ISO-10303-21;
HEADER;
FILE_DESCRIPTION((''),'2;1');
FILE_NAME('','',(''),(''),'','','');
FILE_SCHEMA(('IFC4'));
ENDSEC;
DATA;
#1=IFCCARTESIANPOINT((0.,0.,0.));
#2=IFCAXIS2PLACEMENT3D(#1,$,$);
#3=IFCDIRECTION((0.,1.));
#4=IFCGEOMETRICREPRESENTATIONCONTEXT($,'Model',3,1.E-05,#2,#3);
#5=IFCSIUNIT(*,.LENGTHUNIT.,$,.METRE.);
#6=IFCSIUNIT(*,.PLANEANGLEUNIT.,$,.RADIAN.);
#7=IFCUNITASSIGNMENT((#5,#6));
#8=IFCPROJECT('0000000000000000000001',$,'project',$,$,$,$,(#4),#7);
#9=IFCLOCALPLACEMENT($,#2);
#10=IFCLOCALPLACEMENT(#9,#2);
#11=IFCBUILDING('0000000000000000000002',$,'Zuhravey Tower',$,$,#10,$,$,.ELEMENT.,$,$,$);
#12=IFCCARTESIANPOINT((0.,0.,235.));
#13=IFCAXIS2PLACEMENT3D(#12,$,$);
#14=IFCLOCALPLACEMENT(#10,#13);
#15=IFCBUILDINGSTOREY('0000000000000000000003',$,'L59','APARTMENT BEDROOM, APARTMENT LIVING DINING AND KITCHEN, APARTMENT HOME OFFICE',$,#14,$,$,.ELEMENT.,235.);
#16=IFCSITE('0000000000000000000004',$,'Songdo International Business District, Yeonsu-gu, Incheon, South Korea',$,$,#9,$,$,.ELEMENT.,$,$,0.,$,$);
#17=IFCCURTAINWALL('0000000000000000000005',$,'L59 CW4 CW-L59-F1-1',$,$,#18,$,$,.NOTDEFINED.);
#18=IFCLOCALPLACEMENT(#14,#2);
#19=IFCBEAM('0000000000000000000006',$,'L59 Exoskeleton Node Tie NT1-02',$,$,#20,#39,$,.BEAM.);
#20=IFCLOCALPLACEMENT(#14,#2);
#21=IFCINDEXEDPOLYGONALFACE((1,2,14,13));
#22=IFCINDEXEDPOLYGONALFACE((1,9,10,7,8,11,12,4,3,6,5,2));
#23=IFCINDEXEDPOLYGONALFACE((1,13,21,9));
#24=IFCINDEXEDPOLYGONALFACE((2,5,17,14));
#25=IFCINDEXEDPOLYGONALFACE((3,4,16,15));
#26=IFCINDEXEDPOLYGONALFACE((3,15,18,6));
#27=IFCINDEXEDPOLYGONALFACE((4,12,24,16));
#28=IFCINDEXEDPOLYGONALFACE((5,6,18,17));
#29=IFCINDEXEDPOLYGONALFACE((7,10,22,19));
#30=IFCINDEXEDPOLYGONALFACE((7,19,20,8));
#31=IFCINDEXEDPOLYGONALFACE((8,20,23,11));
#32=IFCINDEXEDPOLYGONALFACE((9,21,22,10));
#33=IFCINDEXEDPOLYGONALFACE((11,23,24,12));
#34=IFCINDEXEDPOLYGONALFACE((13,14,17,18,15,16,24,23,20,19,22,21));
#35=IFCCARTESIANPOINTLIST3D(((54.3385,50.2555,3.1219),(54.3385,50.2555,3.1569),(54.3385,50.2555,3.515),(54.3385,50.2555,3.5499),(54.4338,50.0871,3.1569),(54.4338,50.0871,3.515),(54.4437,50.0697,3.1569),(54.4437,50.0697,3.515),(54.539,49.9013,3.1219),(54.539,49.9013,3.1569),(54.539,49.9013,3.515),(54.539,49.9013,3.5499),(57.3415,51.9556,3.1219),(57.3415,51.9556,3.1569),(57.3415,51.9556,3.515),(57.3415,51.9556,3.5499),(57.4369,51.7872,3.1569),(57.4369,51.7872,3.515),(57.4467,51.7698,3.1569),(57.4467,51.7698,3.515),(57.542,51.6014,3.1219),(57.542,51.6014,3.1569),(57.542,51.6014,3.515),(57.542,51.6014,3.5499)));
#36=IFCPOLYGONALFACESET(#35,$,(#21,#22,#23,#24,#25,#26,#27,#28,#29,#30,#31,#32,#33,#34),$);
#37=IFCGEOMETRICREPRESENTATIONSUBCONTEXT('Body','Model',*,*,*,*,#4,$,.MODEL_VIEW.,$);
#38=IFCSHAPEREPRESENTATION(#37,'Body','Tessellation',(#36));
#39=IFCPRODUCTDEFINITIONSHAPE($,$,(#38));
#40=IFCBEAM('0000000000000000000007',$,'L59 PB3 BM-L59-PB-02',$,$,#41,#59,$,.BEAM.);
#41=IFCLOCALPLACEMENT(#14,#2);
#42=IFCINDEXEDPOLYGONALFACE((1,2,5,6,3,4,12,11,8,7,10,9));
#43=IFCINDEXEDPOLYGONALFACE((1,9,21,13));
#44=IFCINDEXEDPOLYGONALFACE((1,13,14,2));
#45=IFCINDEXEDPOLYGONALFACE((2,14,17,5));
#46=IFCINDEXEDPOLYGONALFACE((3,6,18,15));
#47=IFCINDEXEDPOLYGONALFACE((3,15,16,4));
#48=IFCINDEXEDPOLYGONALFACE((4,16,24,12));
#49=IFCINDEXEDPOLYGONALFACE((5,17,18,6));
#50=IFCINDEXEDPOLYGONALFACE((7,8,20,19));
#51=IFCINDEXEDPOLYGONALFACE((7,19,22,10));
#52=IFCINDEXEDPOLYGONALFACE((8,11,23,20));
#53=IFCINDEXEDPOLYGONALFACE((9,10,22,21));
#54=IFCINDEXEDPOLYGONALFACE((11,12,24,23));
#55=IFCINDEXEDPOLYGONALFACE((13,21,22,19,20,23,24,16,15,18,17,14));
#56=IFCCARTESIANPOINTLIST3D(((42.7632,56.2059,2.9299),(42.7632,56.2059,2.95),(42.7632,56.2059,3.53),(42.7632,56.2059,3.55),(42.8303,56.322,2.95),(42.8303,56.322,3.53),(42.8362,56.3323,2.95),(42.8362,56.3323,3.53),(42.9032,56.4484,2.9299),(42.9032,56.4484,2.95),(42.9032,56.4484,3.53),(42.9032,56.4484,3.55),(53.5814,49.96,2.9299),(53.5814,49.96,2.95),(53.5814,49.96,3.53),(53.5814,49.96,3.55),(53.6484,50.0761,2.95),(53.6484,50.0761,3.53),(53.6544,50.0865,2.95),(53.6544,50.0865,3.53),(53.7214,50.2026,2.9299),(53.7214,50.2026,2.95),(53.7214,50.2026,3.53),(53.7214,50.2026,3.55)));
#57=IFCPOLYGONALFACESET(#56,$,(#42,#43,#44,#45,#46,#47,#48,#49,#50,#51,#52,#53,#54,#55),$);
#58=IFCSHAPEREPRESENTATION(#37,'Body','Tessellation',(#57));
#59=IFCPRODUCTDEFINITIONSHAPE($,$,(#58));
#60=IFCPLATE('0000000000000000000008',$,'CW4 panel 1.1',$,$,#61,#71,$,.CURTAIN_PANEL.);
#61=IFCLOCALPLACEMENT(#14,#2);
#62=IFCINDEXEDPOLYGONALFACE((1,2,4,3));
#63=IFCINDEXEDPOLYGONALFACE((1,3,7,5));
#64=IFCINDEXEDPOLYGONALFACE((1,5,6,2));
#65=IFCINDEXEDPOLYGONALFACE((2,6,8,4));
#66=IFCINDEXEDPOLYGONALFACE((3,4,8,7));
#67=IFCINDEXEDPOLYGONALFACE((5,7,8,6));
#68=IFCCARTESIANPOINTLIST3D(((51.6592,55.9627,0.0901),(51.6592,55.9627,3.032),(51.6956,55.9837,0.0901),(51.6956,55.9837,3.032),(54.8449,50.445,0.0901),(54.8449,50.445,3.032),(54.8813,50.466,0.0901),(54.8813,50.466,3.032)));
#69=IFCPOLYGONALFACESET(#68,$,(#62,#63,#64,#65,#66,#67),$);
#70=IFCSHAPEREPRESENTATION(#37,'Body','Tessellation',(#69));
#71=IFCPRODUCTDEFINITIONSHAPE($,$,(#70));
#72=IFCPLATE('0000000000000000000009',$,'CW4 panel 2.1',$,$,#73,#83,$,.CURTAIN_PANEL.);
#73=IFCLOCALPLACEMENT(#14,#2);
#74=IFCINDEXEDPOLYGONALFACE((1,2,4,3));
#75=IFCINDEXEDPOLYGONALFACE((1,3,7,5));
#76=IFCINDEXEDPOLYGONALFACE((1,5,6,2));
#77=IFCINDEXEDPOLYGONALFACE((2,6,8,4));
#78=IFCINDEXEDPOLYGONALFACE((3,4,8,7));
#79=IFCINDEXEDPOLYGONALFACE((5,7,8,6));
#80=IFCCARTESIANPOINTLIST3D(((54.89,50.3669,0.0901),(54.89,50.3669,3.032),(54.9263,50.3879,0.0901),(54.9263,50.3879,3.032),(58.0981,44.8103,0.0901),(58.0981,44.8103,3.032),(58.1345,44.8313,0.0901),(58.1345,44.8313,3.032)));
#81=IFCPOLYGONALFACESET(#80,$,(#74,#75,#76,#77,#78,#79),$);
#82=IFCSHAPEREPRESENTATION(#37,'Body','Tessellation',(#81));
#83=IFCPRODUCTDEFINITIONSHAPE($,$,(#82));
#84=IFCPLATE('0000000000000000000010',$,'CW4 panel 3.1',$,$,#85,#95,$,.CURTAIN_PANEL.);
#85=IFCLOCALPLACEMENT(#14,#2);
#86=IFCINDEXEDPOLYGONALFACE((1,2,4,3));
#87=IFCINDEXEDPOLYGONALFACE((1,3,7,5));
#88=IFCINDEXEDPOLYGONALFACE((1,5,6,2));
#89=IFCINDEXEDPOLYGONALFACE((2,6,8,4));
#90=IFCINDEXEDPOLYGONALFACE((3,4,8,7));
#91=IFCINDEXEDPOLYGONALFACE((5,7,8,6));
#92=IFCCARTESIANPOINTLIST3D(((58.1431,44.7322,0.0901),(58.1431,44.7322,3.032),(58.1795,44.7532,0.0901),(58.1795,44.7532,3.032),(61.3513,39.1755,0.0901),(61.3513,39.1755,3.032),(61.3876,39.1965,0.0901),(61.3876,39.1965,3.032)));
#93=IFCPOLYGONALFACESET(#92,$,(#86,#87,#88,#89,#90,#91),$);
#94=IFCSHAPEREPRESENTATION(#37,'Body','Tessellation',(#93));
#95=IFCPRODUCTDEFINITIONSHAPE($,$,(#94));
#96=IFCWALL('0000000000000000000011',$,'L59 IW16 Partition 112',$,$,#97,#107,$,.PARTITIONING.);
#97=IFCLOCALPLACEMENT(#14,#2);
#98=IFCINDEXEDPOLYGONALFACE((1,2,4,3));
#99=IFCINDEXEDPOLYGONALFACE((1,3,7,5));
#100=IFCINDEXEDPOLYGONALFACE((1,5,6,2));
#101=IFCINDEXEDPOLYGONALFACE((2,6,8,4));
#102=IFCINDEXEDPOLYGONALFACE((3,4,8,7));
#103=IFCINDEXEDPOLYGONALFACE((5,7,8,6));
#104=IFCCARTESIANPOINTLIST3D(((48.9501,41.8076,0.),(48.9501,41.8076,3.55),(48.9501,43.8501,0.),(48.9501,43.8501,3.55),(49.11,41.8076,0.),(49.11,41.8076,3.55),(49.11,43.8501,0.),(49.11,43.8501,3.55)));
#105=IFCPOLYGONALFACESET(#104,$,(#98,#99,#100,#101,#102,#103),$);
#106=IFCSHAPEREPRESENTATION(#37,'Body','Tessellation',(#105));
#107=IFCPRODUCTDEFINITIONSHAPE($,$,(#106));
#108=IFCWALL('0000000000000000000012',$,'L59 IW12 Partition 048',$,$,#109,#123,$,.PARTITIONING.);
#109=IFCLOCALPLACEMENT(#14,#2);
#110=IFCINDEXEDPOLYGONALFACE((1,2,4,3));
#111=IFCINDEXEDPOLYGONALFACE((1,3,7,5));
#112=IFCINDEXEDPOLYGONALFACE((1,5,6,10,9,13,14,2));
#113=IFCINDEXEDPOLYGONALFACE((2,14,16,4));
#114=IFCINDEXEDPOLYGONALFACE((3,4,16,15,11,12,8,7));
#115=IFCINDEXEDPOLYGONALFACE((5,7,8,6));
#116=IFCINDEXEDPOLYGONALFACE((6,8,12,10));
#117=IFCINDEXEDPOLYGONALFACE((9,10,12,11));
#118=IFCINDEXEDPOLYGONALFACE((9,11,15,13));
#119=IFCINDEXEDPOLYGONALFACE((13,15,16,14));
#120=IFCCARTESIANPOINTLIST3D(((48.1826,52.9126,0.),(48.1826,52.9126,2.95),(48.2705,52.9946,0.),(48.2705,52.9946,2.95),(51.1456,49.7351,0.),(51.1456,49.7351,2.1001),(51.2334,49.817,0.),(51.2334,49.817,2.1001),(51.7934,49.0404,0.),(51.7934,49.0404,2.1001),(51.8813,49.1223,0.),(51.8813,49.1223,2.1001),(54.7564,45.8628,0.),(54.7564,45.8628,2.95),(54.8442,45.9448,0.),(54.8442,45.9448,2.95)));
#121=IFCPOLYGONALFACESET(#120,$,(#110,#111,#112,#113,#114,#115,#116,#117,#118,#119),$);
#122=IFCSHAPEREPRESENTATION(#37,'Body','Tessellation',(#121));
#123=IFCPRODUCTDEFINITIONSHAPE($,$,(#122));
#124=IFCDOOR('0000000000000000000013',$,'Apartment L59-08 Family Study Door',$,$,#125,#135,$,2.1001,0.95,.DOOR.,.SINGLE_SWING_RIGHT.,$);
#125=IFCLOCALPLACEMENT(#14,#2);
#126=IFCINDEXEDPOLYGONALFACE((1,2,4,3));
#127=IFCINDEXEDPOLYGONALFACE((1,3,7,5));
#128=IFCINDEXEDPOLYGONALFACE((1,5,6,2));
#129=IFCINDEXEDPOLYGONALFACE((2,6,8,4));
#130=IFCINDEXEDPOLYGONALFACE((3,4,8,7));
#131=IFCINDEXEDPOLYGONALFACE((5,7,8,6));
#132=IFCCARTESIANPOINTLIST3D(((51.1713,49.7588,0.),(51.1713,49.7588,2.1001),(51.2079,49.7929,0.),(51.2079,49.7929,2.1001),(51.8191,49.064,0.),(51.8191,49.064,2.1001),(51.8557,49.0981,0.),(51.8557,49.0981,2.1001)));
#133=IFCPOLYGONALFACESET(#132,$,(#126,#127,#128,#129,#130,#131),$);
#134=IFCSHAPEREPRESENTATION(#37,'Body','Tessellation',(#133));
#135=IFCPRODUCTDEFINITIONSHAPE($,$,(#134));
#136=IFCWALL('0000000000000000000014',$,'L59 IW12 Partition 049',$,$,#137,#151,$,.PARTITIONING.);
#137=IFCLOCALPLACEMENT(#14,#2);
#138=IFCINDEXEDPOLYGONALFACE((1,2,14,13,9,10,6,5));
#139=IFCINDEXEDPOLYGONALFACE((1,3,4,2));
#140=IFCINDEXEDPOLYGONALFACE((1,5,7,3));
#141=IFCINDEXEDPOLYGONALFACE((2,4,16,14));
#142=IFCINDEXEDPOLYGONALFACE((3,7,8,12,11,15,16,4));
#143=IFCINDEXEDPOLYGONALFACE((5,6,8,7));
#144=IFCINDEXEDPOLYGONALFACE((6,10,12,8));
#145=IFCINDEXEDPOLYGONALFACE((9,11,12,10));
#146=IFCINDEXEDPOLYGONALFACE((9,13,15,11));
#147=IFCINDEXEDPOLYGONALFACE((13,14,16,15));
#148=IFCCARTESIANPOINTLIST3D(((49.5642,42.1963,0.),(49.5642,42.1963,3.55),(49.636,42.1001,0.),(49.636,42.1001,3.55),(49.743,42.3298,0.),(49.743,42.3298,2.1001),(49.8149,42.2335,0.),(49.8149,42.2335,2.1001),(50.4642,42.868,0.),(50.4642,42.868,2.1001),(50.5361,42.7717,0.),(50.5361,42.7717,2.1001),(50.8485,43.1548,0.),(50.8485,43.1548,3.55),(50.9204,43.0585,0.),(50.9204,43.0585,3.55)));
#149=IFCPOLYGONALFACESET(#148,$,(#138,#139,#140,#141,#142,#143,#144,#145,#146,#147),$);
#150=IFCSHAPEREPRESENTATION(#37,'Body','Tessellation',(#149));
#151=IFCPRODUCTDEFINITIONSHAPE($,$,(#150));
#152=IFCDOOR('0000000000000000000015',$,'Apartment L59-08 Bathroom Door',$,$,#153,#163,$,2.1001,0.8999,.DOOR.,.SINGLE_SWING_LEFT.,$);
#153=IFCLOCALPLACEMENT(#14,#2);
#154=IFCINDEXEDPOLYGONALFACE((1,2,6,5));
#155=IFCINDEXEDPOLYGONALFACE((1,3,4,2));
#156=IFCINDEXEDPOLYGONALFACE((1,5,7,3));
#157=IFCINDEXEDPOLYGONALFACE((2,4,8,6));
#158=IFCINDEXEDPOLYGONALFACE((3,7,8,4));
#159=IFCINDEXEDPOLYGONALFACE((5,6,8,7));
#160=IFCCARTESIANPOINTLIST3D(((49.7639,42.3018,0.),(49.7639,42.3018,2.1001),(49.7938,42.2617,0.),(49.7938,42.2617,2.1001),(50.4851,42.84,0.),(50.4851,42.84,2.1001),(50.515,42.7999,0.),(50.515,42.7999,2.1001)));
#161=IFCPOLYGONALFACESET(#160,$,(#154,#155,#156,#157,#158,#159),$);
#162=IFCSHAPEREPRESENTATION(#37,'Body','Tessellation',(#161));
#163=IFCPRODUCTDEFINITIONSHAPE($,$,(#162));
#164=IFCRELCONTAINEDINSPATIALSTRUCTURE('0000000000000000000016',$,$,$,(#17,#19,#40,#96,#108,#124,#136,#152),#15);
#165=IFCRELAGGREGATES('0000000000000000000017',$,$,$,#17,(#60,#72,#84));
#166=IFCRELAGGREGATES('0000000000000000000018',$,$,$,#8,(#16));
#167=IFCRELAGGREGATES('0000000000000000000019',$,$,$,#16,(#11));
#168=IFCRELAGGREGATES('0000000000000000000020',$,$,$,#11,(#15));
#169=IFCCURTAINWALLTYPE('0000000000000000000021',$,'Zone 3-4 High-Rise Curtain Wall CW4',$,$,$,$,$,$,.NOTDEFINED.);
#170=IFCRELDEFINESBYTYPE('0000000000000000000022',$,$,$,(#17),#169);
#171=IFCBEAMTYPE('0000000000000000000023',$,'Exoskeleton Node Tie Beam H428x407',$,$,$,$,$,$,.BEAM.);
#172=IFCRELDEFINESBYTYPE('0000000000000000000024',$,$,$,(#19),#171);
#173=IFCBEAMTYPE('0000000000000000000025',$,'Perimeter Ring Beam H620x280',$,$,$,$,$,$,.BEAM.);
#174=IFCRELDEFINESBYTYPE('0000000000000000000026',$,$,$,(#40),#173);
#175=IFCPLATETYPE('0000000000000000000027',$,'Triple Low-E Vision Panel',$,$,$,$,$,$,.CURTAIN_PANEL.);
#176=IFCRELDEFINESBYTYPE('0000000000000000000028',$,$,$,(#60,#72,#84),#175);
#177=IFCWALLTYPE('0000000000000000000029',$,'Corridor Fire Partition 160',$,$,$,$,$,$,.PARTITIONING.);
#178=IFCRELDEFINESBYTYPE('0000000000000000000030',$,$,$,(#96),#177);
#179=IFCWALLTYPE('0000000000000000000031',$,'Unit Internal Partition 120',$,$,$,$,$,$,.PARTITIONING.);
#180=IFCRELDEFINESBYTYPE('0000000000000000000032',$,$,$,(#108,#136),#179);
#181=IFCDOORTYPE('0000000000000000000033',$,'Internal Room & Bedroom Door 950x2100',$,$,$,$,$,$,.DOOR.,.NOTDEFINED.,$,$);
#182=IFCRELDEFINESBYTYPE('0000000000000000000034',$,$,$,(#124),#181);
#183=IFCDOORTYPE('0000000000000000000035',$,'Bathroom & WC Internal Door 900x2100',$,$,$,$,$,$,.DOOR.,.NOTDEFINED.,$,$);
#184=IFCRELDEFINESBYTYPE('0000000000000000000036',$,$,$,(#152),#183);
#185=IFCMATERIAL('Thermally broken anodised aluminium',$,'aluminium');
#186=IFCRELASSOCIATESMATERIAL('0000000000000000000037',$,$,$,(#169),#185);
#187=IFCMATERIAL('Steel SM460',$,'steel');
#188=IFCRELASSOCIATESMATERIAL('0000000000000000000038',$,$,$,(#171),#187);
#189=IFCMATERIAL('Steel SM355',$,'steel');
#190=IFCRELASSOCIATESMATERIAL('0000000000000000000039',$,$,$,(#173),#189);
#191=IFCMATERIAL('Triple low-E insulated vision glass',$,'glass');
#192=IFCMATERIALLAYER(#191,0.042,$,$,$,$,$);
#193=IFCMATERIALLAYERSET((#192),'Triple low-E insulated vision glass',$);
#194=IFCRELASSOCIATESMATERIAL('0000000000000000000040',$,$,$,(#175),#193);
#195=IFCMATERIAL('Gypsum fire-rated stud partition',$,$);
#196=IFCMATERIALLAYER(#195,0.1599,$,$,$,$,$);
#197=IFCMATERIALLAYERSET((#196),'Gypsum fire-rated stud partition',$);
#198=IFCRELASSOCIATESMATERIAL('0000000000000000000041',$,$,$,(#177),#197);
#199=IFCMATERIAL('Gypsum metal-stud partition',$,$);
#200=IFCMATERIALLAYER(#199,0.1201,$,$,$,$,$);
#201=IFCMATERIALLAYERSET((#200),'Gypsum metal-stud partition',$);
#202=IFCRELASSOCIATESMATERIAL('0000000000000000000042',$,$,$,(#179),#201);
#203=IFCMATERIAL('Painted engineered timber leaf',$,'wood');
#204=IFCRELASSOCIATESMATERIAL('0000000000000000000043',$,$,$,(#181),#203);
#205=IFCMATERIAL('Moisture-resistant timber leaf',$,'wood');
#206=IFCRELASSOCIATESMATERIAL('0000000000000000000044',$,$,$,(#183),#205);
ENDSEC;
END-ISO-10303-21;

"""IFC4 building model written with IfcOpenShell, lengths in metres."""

from ifc_helpers import new_model, si_unit, direction, frame, frame_2d, origin, origin_2d, place, context, subcontext, project, spatial, rectangle, i_section, extrude, material, layer, layer_set, material_profile, profile_set, type_object, element, fill, aggregate, save


model = new_model("IFC4")

# Units and contexts
model_context = context("Model", 3, precision=1e-05, world=origin(), true_north=direction((0.0, 1.0)))
body_context = subcontext(model_context, "Body", "Model", "MODEL_VIEW")
ifc_project = project(units=[si_unit("LENGTHUNIT", "METRE"), si_unit("PLANEANGLEUNIT", "RADIAN")], contexts=[model_context])

# Site, building, storey
site_placement = place(None, origin())
site = spatial("IfcSite", under=ifc_project, at=site_placement, Name="Songdo International Business District, Yeonsu-gu, Incheon, South Korea", CompositionType="ELEMENT", RefElevation=0.0)
building_placement = place(site_placement, origin())
building = spatial("IfcBuilding", under=site, at=building_placement, Name="Zuhravey Tower", CompositionType="ELEMENT")
storey_placement = place(building_placement, frame((0.0, 0.0, 235.0)))
storey = spatial("IfcBuildingStorey", under=building, at=storey_placement, Name="L59", Description="APARTMENT BEDROOM, APARTMENT LIVING DINING AND KITCHEN, APARTMENT HOME OFFICE", CompositionType="ELEMENT", Elevation=235.0)

# Curtain wall
ifc_material_1 = material(Name="Thermally broken anodised aluminium", Category="aluminium")
curtain_wall_type = type_object("IfcCurtainWallType", Name="Zone 3-4 High-Rise Curtain Wall CW4", PredefinedType="NOTDEFINED", material=ifc_material_1)
curtain_wall_placement = place(storey_placement, origin())
curtain_wall = element("IfcCurtainWall", 1, at=curtain_wall_placement, inside=storey, type_object=curtain_wall_type, Name="L59 CW4 CW-L59-F1-1", PredefinedType="NOTDEFINED")

# Beams
ifc_material_2 = material(Name="Steel SM460", Category="steel")
ifc_material_profile_1 = material_profile(ifc_material_2, i_section(OverallWidth=0.407, OverallDepth=0.428, WebThickness=0.02, FlangeThickness=0.0349, at=origin_2d()), Name="H-428x407x20x35")
ifc_profile_set_1 = profile_set([ifc_material_profile_1], Name="Steel SM460")
beam_type_1 = type_object("IfcBeamType", Name="Exoskeleton Node Tie Beam H428x407", PredefinedType="BEAM", material=ifc_profile_set_1)
beam_1_placement = place(storey_placement, frame((54.4387, 50.0784, 3.3359), z_axis=(0.870221, 0.492661, 0.0), x_axis=(-0.492661, 0.870221, 0.0)))
element("IfcBeam", 2, at=beam_1_placement, inside=storey, type_object=beam_type_1, Name="L59 Exoskeleton Node Tie NT1-02", PredefinedType="BEAM", context=body_context, shape_type="SweptSolid", body=[
    extrude(i_section(OverallWidth=0.407, OverallDepth=0.428, WebThickness=0.02, FlangeThickness=0.0349, at=origin_2d()), origin(), (0.0, 0.0, 1.0), 3.4509),
])
ifc_material_3 = material(Name="Steel SM355", Category="steel")
ifc_material_profile_2 = material_profile(ifc_material_3, i_section(OverallWidth=0.28, OverallDepth=0.6201, WebThickness=0.012, FlangeThickness=0.02, at=origin_2d()), Name="H-620x280x12x20")
ifc_profile_set_2 = profile_set([ifc_material_profile_2], Name="Steel SM355")
beam_type_2 = type_object("IfcBeamType", Name="Perimeter Ring Beam H620x280", PredefinedType="BEAM", material=ifc_profile_set_2)
beam_2_placement = place(storey_placement, frame((53.6514, 50.0813, 3.24), z_axis=(-0.866025, 0.5, 0.0), x_axis=(-0.5, -0.866025, 0.0)))
element("IfcBeam", 3, at=beam_2_placement, inside=storey, type_object=beam_type_2, Name="L59 PB3 BM-L59-PB-02", PredefinedType="BEAM", context=body_context, shape_type="SweptSolid", body=[
    extrude(i_section(OverallWidth=0.28, OverallDepth=0.6201, WebThickness=0.012, FlangeThickness=0.02, at=origin_2d()), origin(), (0.0, 0.0, 1.0), 12.4917),
])

# Plates
ifc_material_4 = material(Name="Triple low-E insulated vision glass", Category="glass")
ifc_layer_1 = layer(ifc_material_4, 0.042)
ifc_layer_set_1 = layer_set([ifc_layer_1], Name="Triple low-E insulated vision glass")
plate_type = type_object("IfcPlateType", Name="Triple Low-E Vision Panel", PredefinedType="CURTAIN_PANEL", material=ifc_layer_set_1)
plate_1_placement = place(storey_placement, frame((53.2703, 53.2144, 0.0901), z_axis=(0.0, 0.0, 1.0), x_axis=(0.500001, -0.866025, 0.0)))
plate_1 = element("IfcPlate", 4, at=plate_1_placement, type_object=plate_type, Name="CW4 panel 1.1", PredefinedType="CURTAIN_PANEL", context=body_context, shape_type="SweptSolid", body=[
    extrude(rectangle(XDim=6.3713, YDim=0.042, at=origin_2d()), origin(), (0.0, 0.0, 1.0), 2.9419),
])
plate_2_placement = place(storey_placement, frame((56.5122, 47.5991, 0.0901), z_axis=(0.0, 0.0, 1.0), x_axis=(0.500001, -0.866025, 0.0)))
plate_2 = element("IfcPlate", 5, at=plate_2_placement, type_object=plate_type, Name="CW4 panel 2.1", PredefinedType="CURTAIN_PANEL", context=body_context, shape_type="SweptSolid", body=[
    extrude(rectangle(XDim=6.4163, YDim=0.042, at=origin_2d()), origin(), (0.0, 0.0, 1.0), 2.9419),
])
plate_3_placement = place(storey_placement, frame((59.7654, 41.9644, 0.0901), z_axis=(0.0, 0.0, 1.0), x_axis=(0.500001, -0.866025, 0.0)))
plate_3 = element("IfcPlate", 6, at=plate_3_placement, type_object=plate_type, Name="CW4 panel 3.1", PredefinedType="CURTAIN_PANEL", context=body_context, shape_type="SweptSolid", body=[
    extrude(rectangle(XDim=6.4163, YDim=0.042, at=origin_2d()), origin(), (0.0, 0.0, 1.0), 2.9419),
])
aggregate(curtain_wall, [plate_1, plate_2, plate_3])

# Wall
ifc_material_5 = material(Name="Gypsum fire-rated stud partition")
ifc_layer_2 = layer(ifc_material_5, 0.1599)
ifc_layer_set_2 = layer_set([ifc_layer_2], Name="Gypsum fire-rated stud partition")
wall_type_1 = type_object("IfcWallType", Name="Corridor Fire Partition 160", PredefinedType="PARTITIONING", material=ifc_layer_set_2)
wall_1_placement = place(storey_placement, frame((49.03, 41.8076, 0.0), z_axis=(0.0, 0.0, 1.0), x_axis=(0.0, 1.0, 0.0)))
element("IfcWall", 7, at=wall_1_placement, inside=storey, type_object=wall_type_1, Name="L59 IW16 Partition 112", PredefinedType="PARTITIONING", context=body_context, shape_type="SweptSolid", body=[
    extrude(rectangle(XDim=2.0425, YDim=0.1599, at=frame_2d((1.0212, 0.0))), origin(), (0.0, 0.0, 1.0), 3.55),
])

# Walls, openings, doors
ifc_material_6 = material(Name="Gypsum metal-stud partition")
ifc_layer_3 = layer(ifc_material_6, 0.1201)
ifc_layer_set_3 = layer_set([ifc_layer_3], Name="Gypsum metal-stud partition")
wall_type_2 = type_object("IfcWallType", Name="Unit Internal Partition 120", PredefinedType="PARTITIONING", material=ifc_layer_set_3)
wall_2_placement = place(storey_placement, frame((54.8003, 45.9038, 0.0), z_axis=(0.0, 0.0, 1.0), x_axis=(-0.681981, 0.73137, 0.0)))
wall_2 = element("IfcWall", 8, at=wall_2_placement, inside=storey, type_object=wall_type_2, Name="L59 IW12 Partition 048", PredefinedType="PARTITIONING", context=body_context, shape_type="SweptSolid", body=[
    extrude(rectangle(XDim=9.6392, YDim=0.1201, at=frame_2d((4.8196, 0.0))), origin(), (0.0, 0.0, 1.0), 2.95),
])
opening_1_placement = place(wall_2_placement, frame((4.3445, 0.0, 0.0)))
opening_1 = element("IfcOpeningElement", 9, at=opening_1_placement, cuts=wall_2, PredefinedType="OPENING", context=body_context, shape_type="SweptSolid", body=[
    extrude(rectangle(XDim=0.95, YDim=2.1001, at=frame_2d((0.4751, 1.05))), frame((0.0, 0.072, 0.0), z_axis=(0.0, -1.0, 0.0), x_axis=(1.0, 0.0, 0.0)), (0.0, 0.0, 1.0), 0.144),
])
ifc_material_7 = material(Name="Painted engineered timber leaf", Category="wood")
door_type_1 = type_object("IfcDoorType", Name="Internal Room & Bedroom Door 950x2100", OperationType="NOTDEFINED", PredefinedType="DOOR", material=ifc_material_7)
door_1_placement = place(opening_1_placement, frame((0.95, 0.0, 0.0), z_axis=(0.0, 0.0, 1.0), x_axis=(-1.0, 0.0, 0.0)))
door_1 = element("IfcDoor", 10, at=door_1_placement, inside=storey, type_object=door_type_1, Name="Apartment L59-08 Family Study Door", OperationType="SINGLE_SWING_RIGHT", OverallHeight=2.1001, OverallWidth=0.95, PredefinedType="DOOR", context=body_context, shape_type="SweptSolid", body=[
    extrude(rectangle(XDim=0.95, YDim=2.1001, at=frame_2d((0.4751, 1.05))), frame((0.0, 0.0249, 0.0), z_axis=(0.0, -1.0, 0.0), x_axis=(1.0, 0.0, 0.0)), (0.0, 0.0, 1.0), 0.05),
])
fill(opening_1, door_1)
wall_3_placement = place(storey_placement, frame((49.6001, 42.1482, 0.0), z_axis=(0.0, 0.0, 1.0), x_axis=(0.801442, 0.598073, 0.0)))
wall_3 = element("IfcWall", 11, at=wall_3_placement, inside=storey, type_object=wall_type_2, Name="L59 IW12 Partition 049", PredefinedType="PARTITIONING", context=body_context, shape_type="SweptSolid", body=[
    extrude(rectangle(XDim=1.6025, YDim=0.1201, at=frame_2d((0.8013, 0.0))), origin(), (0.0, 0.0, 1.0), 3.55),
])
opening_2_placement = place(wall_3_placement, frame((0.2231, 0.0, 0.0)))
opening_2 = element("IfcOpeningElement", 12, at=opening_2_placement, cuts=wall_3, PredefinedType="OPENING", context=body_context, shape_type="SweptSolid", body=[
    extrude(rectangle(XDim=0.8999, YDim=2.1001, at=frame_2d((0.45, 1.05))), frame((0.0, 0.072, 0.0), z_axis=(0.0, -1.0, 0.0), x_axis=(1.0, 0.0, 0.0)), (0.0, 0.0, 1.0), 0.144),
])
ifc_material_8 = material(Name="Moisture-resistant timber leaf", Category="wood")
door_type_2 = type_object("IfcDoorType", Name="Bathroom & WC Internal Door 900x2100", OperationType="NOTDEFINED", PredefinedType="DOOR", material=ifc_material_8)
door_2_placement = place(opening_2_placement, frame((0.8999, 0.0, 0.0), z_axis=(0.0, 0.0, 1.0), x_axis=(-1.0, 0.0, 0.0)))
door_2 = element("IfcDoor", 13, at=door_2_placement, inside=storey, type_object=door_type_2, Name="Apartment L59-08 Bathroom Door", OperationType="SINGLE_SWING_LEFT", OverallHeight=2.1001, OverallWidth=0.8999, PredefinedType="DOOR", context=body_context, shape_type="SweptSolid", body=[
    extrude(rectangle(XDim=0.8999, YDim=2.1001, at=frame_2d((0.45, 1.05))), frame((0.0, 0.0249, 0.0), z_axis=(0.0, -1.0, 0.0), x_axis=(1.0, 0.0, 0.0)), (0.0, 0.0, 1.0), 0.05),
])
fill(opening_2, door_2)

save(model, "model.ifc")
